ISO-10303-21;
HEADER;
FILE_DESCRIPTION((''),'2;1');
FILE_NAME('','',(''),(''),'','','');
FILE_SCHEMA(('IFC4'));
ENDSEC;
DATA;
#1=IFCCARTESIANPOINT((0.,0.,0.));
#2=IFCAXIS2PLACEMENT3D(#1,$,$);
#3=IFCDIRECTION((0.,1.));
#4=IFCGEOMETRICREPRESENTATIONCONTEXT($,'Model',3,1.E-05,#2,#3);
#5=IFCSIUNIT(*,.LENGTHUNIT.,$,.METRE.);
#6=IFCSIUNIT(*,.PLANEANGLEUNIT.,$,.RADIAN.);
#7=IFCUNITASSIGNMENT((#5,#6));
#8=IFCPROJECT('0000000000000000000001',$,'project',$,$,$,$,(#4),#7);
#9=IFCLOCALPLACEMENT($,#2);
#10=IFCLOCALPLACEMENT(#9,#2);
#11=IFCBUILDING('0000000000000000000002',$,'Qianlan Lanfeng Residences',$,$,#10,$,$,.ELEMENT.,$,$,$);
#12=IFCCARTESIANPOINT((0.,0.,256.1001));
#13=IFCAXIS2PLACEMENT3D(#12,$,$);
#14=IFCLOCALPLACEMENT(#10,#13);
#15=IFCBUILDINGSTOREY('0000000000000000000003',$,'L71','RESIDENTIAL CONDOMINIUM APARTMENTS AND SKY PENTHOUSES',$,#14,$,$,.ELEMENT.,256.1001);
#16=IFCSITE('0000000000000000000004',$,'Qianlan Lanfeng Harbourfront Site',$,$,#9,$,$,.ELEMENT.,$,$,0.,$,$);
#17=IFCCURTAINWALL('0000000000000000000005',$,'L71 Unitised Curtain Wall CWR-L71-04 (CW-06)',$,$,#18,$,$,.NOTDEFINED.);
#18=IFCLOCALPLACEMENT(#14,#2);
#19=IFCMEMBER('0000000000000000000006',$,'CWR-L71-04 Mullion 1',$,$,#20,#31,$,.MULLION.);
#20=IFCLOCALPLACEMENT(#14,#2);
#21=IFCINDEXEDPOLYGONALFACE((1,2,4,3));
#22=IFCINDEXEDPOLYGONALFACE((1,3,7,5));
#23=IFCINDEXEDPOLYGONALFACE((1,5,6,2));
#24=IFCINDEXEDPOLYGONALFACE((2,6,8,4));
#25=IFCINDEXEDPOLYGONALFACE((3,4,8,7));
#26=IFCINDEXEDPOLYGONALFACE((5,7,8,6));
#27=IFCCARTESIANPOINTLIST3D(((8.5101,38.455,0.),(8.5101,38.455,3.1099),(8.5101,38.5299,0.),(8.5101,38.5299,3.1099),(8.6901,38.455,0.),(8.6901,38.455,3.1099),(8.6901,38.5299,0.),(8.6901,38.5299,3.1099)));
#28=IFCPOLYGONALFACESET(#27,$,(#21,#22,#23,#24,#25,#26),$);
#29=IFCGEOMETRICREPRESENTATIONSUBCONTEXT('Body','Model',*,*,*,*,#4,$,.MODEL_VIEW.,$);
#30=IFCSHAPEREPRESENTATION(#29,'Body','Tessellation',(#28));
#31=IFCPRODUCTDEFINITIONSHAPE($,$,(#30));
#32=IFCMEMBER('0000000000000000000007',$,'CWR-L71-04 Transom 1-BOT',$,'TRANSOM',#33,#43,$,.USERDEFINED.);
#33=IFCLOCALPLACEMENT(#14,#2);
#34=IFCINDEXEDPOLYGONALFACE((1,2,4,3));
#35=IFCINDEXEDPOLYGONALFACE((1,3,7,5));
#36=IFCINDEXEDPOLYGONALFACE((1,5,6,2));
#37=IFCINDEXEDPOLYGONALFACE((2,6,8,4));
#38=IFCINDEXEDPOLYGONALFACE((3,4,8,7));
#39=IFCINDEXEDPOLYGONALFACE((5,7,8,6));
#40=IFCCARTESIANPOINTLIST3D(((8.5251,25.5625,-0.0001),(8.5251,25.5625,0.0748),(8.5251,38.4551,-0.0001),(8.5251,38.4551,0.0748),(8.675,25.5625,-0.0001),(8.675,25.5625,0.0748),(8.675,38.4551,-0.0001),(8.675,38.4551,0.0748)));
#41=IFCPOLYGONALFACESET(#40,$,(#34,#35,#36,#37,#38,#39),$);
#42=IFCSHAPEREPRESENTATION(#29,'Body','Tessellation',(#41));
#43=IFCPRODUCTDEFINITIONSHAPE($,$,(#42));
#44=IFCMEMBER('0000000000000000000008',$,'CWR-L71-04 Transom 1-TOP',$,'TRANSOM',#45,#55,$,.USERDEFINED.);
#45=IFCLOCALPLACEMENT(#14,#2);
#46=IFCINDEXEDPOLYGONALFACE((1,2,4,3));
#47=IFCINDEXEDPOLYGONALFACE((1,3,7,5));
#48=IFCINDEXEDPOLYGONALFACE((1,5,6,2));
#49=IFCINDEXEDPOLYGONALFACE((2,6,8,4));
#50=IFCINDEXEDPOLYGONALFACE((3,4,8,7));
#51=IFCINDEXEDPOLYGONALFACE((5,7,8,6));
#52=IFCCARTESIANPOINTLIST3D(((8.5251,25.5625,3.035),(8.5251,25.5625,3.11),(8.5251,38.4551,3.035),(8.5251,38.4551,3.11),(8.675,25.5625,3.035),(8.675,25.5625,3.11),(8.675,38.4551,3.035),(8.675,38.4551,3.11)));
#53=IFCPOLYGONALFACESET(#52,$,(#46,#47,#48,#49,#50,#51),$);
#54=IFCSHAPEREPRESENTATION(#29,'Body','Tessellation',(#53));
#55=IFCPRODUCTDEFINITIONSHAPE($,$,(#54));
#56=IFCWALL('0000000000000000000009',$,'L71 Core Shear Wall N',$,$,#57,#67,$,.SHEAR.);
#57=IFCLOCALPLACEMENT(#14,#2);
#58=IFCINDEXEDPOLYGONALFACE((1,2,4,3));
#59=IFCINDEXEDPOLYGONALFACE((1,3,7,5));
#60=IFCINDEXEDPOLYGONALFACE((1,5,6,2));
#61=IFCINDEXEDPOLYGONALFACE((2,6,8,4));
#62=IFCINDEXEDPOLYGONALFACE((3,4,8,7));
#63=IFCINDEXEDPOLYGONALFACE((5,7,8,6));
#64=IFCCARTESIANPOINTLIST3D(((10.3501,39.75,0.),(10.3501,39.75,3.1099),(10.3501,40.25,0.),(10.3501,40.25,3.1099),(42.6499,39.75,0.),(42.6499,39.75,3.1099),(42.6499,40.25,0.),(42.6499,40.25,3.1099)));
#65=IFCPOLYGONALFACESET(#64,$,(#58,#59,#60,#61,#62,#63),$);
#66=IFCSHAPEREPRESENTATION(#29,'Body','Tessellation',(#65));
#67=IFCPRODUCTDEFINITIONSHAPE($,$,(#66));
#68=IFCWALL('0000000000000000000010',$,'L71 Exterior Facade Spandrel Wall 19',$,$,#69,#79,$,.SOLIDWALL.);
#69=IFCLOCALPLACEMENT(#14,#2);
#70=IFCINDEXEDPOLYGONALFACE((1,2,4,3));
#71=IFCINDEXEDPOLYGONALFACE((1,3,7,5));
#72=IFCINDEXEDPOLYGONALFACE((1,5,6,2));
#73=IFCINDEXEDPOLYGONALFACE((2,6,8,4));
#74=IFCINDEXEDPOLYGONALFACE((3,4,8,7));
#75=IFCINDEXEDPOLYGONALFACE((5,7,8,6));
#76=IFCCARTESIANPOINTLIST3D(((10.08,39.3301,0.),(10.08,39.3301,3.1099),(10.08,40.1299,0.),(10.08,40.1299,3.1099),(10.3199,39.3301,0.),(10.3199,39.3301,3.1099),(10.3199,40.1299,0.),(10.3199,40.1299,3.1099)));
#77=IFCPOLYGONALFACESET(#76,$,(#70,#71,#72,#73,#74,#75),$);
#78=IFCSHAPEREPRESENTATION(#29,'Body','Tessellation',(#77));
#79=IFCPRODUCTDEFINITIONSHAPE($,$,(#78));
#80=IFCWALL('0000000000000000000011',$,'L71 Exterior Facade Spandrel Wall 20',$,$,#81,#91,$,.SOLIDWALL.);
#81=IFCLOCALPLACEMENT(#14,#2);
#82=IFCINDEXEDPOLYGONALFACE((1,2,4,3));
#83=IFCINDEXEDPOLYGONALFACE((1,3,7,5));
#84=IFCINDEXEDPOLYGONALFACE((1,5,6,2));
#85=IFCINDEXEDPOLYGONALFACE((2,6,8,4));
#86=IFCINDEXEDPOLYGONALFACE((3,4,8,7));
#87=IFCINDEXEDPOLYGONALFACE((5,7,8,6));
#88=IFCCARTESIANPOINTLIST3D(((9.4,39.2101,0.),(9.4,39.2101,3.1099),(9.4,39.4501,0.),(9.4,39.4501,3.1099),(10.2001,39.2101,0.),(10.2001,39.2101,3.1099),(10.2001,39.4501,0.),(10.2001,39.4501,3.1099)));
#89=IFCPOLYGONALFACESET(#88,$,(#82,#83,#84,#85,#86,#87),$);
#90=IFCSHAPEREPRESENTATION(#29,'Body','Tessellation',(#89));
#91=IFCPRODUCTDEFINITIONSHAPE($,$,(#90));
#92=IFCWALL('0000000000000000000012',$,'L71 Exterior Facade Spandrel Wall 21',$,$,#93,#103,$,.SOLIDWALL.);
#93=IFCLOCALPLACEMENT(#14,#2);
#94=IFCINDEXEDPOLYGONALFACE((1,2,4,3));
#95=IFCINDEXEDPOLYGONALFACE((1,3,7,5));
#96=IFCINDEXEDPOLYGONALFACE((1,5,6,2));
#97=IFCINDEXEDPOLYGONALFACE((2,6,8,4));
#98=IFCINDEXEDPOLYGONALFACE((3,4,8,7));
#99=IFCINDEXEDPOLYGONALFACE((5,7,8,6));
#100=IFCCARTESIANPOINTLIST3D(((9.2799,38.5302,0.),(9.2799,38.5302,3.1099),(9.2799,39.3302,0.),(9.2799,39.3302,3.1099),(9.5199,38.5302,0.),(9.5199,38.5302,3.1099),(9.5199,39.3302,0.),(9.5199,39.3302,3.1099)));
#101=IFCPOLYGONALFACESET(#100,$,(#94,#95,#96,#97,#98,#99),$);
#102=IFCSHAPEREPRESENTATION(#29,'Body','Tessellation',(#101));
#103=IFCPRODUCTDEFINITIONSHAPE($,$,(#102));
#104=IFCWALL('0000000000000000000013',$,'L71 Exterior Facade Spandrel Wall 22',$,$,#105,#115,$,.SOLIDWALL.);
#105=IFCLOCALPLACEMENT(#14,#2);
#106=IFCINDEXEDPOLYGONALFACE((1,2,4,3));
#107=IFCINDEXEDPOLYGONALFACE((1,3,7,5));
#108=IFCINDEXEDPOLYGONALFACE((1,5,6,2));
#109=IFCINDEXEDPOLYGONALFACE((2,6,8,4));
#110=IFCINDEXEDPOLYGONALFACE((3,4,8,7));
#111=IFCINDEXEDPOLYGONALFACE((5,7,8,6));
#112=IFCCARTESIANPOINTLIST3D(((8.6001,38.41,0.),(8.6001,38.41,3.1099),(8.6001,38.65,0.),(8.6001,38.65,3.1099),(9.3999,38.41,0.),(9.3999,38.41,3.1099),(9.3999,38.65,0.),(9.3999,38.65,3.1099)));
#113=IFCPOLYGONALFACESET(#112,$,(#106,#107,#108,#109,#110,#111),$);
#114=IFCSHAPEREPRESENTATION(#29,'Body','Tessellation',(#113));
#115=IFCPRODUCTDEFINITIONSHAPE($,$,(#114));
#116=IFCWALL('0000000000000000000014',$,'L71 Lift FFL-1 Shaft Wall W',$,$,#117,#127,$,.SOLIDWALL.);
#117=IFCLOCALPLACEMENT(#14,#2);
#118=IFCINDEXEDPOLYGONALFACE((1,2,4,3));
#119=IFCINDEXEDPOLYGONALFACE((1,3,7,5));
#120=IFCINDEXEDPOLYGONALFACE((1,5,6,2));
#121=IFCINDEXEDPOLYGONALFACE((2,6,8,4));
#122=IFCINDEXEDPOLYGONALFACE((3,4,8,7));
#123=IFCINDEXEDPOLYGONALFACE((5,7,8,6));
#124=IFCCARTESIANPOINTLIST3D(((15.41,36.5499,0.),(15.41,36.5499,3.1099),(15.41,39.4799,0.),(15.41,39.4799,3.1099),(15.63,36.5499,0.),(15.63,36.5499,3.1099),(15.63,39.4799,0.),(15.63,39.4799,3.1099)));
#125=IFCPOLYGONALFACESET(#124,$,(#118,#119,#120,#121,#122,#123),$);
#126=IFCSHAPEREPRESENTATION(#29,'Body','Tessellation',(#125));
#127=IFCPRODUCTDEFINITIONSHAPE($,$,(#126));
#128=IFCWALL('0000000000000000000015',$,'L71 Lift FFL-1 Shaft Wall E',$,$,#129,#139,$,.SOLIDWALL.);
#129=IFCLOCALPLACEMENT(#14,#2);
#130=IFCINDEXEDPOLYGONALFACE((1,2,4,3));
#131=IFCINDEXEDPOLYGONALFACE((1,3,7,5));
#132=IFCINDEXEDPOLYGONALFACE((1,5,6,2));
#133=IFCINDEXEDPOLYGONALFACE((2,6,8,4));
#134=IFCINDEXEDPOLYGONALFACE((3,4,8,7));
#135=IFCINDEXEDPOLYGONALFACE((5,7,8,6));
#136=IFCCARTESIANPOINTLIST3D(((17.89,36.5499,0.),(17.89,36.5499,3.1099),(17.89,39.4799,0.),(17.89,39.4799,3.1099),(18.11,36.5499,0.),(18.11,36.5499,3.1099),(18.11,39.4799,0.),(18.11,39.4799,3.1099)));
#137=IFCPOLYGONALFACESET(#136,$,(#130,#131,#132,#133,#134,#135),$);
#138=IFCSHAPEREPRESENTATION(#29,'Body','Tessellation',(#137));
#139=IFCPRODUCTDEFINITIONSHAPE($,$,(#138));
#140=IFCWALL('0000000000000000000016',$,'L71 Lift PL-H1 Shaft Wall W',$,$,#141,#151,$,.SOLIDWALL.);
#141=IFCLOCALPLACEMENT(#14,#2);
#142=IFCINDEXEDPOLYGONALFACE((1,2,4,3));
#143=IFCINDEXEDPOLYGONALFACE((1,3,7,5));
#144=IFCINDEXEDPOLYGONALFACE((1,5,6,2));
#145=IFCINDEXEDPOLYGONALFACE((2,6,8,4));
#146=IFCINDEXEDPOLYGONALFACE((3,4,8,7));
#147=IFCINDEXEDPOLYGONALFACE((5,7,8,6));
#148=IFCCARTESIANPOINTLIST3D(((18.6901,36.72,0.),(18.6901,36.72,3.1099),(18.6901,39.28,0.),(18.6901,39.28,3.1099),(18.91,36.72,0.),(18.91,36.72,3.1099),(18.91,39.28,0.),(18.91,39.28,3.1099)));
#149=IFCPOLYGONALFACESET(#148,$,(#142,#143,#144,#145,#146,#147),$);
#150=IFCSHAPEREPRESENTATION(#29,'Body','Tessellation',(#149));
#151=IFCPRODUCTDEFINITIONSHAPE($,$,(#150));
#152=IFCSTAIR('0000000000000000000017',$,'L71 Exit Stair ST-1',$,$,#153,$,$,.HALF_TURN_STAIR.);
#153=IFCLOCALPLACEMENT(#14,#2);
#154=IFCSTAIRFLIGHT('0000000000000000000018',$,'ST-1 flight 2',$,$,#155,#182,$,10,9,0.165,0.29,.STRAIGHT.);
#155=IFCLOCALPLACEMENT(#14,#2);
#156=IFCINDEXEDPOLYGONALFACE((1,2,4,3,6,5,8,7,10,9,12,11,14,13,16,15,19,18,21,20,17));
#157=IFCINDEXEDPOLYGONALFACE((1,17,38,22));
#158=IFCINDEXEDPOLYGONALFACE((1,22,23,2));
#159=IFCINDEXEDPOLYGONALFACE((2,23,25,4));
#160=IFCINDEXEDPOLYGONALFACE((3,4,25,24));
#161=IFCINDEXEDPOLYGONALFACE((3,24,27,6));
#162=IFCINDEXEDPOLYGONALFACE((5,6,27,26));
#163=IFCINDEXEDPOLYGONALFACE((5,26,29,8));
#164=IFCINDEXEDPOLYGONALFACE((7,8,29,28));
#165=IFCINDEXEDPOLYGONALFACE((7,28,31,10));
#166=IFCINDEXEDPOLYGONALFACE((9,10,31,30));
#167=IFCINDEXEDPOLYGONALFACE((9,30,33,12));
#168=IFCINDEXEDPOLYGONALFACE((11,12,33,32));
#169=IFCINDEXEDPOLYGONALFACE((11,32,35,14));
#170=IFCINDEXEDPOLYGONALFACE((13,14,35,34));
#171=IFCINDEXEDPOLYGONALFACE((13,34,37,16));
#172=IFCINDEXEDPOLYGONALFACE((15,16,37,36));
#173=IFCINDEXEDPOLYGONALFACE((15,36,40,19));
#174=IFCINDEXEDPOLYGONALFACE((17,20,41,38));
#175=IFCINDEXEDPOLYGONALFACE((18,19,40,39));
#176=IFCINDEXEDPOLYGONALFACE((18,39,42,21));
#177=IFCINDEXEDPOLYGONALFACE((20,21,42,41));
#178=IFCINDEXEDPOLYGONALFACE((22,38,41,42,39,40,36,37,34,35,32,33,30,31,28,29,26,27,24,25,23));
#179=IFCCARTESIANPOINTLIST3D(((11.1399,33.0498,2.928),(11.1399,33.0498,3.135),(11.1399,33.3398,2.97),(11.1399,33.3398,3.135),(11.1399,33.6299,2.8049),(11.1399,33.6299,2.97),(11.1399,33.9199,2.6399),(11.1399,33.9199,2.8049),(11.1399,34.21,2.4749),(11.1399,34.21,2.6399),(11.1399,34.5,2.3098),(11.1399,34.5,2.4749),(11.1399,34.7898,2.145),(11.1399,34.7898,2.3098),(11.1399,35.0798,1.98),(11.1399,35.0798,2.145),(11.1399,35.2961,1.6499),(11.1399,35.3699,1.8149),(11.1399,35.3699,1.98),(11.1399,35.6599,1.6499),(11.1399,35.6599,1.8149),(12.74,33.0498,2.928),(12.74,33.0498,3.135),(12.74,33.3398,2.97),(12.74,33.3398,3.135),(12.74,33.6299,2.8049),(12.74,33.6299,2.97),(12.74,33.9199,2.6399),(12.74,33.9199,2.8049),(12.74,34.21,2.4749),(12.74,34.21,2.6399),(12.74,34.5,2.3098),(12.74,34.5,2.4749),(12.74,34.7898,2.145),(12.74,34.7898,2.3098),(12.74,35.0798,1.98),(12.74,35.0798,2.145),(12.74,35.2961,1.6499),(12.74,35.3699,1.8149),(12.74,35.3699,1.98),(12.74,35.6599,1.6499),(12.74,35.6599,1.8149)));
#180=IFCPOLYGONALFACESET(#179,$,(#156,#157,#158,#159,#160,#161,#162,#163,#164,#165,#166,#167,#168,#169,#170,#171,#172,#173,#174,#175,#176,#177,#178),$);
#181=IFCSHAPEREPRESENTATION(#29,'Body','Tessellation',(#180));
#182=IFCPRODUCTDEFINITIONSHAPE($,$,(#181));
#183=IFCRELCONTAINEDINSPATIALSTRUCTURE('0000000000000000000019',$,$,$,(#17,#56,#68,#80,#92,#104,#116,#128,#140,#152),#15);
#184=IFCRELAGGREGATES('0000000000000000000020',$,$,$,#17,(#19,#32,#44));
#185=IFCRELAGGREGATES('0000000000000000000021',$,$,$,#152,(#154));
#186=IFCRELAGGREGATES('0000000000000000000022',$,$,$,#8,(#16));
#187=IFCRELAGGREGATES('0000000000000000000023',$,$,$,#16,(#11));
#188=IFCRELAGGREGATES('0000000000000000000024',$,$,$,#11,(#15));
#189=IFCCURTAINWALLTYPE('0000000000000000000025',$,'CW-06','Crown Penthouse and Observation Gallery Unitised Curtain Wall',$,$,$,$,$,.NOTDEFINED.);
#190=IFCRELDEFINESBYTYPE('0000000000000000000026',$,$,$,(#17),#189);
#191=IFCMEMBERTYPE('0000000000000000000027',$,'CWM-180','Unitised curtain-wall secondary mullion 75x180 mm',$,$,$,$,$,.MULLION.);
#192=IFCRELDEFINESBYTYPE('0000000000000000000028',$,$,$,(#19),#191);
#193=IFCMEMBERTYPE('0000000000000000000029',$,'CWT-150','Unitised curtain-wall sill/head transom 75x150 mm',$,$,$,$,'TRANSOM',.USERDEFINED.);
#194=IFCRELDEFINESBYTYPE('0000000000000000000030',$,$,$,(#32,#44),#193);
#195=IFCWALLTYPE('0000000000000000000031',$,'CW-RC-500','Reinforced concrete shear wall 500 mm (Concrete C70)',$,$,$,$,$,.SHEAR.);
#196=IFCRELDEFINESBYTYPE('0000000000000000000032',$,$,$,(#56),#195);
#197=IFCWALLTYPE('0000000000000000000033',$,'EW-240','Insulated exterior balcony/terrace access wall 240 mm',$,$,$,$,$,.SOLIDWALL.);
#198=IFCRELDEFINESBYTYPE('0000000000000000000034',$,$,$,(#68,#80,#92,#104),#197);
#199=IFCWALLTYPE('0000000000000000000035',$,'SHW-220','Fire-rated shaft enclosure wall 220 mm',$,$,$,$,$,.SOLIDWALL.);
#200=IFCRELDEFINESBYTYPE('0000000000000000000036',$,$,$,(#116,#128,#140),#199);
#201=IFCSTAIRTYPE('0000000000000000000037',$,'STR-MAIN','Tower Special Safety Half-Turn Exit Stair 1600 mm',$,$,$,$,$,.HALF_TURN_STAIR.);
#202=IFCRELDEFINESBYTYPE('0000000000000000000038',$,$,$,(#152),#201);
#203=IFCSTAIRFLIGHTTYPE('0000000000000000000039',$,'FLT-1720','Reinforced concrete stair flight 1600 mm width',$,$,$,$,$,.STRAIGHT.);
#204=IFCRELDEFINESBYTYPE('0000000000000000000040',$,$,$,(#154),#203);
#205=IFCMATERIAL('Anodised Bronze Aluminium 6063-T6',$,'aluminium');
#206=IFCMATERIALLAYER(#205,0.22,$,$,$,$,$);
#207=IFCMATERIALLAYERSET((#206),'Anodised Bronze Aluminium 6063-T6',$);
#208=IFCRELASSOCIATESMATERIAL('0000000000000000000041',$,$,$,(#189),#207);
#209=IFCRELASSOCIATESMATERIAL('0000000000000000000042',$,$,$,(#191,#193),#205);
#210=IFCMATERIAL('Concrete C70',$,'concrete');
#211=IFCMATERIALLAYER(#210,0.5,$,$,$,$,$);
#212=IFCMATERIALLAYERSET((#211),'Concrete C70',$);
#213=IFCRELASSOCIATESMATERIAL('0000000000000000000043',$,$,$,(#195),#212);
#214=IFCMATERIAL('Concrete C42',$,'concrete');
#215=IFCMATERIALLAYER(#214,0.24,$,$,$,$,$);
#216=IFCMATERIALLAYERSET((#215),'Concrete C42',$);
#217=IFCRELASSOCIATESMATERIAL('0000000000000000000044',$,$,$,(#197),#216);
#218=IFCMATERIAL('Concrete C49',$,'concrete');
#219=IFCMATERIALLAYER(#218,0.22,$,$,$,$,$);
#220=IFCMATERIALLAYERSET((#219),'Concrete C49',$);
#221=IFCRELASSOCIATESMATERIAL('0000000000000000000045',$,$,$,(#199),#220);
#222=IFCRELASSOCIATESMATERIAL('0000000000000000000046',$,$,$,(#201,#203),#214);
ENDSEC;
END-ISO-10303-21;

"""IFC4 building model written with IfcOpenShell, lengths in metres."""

from ifc_helpers import new_model, si_unit, direction, frame, frame_2d, origin, origin_2d, place, context, subcontext, project, spatial, polyline, rectangle, outline, extrude, source, transform, mapped, material, layer, layer_set, material_profile, profile_set, type_object, element, aggregate, save


model = new_model("IFC4")

# Units and contexts
model_context = context("Model", 3, precision=1e-05, world=origin(), true_north=direction((0.0, 1.0)))
body_context = subcontext(model_context, "Body", "Model", "MODEL_VIEW")
ifc_project = project(units=[si_unit("LENGTHUNIT", "METRE"), si_unit("PLANEANGLEUNIT", "RADIAN")], contexts=[model_context])

# Site, building, storey
site_placement = place(None, origin())
site = spatial("IfcSite", under=ifc_project, at=site_placement, Name="Qianlan Lanfeng Harbourfront Site", CompositionType="ELEMENT", RefElevation=0.0)
building_placement = place(site_placement, origin())
building = spatial("IfcBuilding", under=site, at=building_placement, Name="Qianlan Lanfeng Residences", CompositionType="ELEMENT")
storey_placement = place(building_placement, frame((0.0, 0.0, 256.1001)))
storey = spatial("IfcBuildingStorey", under=building, at=storey_placement, Name="L71", Description="RESIDENTIAL CONDOMINIUM APARTMENTS AND SKY PENTHOUSES", CompositionType="ELEMENT", Elevation=256.1001)

# Curtain wall, members
ifc_material_1 = material(Name="Anodised Bronze Aluminium 6063-T6", Category="aluminium")
ifc_layer_1 = layer(ifc_material_1, 0.22)
ifc_layer_set_1 = layer_set([ifc_layer_1], Name="Anodised Bronze Aluminium 6063-T6")
curtain_wall_type = type_object("IfcCurtainWallType", Name="CW-06", Description="Crown Penthouse and Observation Gallery Unitised Curtain Wall", PredefinedType="NOTDEFINED", material=ifc_layer_set_1)
curtain_wall_placement = place(storey_placement, origin())
curtain_wall = element("IfcCurtainWall", 1, at=curtain_wall_placement, inside=storey, type_object=curtain_wall_type, Name="L71 Unitised Curtain Wall CWR-L71-04 (CW-06)", PredefinedType="NOTDEFINED")
ifc_material_profile_1 = material_profile(ifc_material_1, rectangle(XDim=0.075, YDim=0.1799, at=origin_2d()), Name="ALU MULLION 75x180")
ifc_profile_set_1 = profile_set([ifc_material_profile_1], Name="Anodised Bronze Aluminium 6063-T6")
member_type_1 = type_object("IfcMemberType", Name="CWM-180", Description="Unitised curtain-wall secondary mullion 75x180 mm", PredefinedType="MULLION", material=ifc_profile_set_1)
shared_shape_1 = source(origin(), body_context, "Body", "SweptSolid", [
    extrude(rectangle(XDim=0.075, YDim=0.1799, at=origin_2d()), origin(), (0.0, 0.0, 1.0), 3.1099),
])
member_1_placement = place(storey_placement, frame((8.6001, 38.4924, 0.0), z_axis=(0.0, 0.0, 1.0), x_axis=(0.0, -1.0, 0.0)))
member_1 = element("IfcMember", 2, at=member_1_placement, type_object=member_type_1, Name="CWR-L71-04 Mullion 1", PredefinedType="MULLION", context=body_context, shape_type="MappedRepresentation", body=[
    mapped(shared_shape_1, transform((0.0, 0.0, 0.0), scale=1.0)),
])
ifc_material_profile_2 = material_profile(ifc_material_1, rectangle(XDim=0.075, YDim=0.1499, at=origin_2d()), Name="ALU TRANSOM 75x150")
ifc_profile_set_2 = profile_set([ifc_material_profile_2], Name="Anodised Bronze Aluminium 6063-T6")
member_type_2 = type_object("IfcMemberType", Name="CWT-150", Description="Unitised curtain-wall sill/head transom 75x150 mm", ElementType="TRANSOM", PredefinedType="USERDEFINED", material=ifc_profile_set_2)
shared_shape_2 = source(origin(), body_context, "Body", "SweptSolid", [
    extrude(rectangle(XDim=0.075, YDim=0.1499, at=origin_2d()), origin(), (0.0, 0.0, 1.0), 12.8926),
])
member_2_placement = place(storey_placement, frame((8.6001, 38.4551, 0.0374), z_axis=(0.0, -1.0, 0.0), x_axis=(0.0, 0.0, 1.0)))
member_2 = element("IfcMember", 3, at=member_2_placement, type_object=member_type_2, Name="CWR-L71-04 Transom 1-BOT", ObjectType="TRANSOM", PredefinedType="USERDEFINED", context=body_context, shape_type="MappedRepresentation", body=[
    mapped(shared_shape_2, transform((0.0, 0.0, 0.0), scale=1.0)),
])
member_3_placement = place(storey_placement, frame((8.6001, 38.4551, 3.0725), z_axis=(0.0, -1.0, 0.0), x_axis=(0.0, 0.0, 1.0)))
member_3 = element("IfcMember", 4, at=member_3_placement, type_object=member_type_2, Name="CWR-L71-04 Transom 1-TOP", ObjectType="TRANSOM", PredefinedType="USERDEFINED", context=body_context, shape_type="MappedRepresentation", body=[
    mapped(shared_shape_2, transform((0.0, 0.0, 0.0), scale=1.0)),
])
aggregate(curtain_wall, [member_1, member_2, member_3])

# Shared definitions
ifc_material_2 = material(Name="Concrete C49", Category="concrete")

# Walls
ifc_material_3 = material(Name="Concrete C70", Category="concrete")
ifc_layer_2 = layer(ifc_material_3, 0.5)
ifc_layer_set_2 = layer_set([ifc_layer_2], Name="Concrete C70")
wall_type_1 = type_object("IfcWallType", Name="CW-RC-500", Description="Reinforced concrete shear wall 500 mm (Concrete C70)", PredefinedType="SHEAR", material=ifc_layer_set_2)
wall_1_placement = place(storey_placement, frame((10.3501, 40.0, 0.0), z_axis=(0.0, 0.0, 1.0), x_axis=(1.0, 0.0, 0.0)))
element("IfcWall", 5, at=wall_1_placement, inside=storey, type_object=wall_type_1, Name="L71 Core Shear Wall N", PredefinedType="SHEAR", context=body_context, shape_type="SweptSolid", body=[
    extrude(rectangle(XDim=32.2998, YDim=0.5, at=frame_2d((16.1499, 0.0))), origin(), (0.0, 0.0, 1.0), 3.1099),
])
ifc_material_4 = material(Name="Concrete C42", Category="concrete")
ifc_layer_3 = layer(ifc_material_4, 0.24)
ifc_layer_set_3 = layer_set([ifc_layer_3], Name="Concrete C42")
wall_type_2 = type_object("IfcWallType", Name="EW-240", Description="Insulated exterior balcony/terrace access wall 240 mm", PredefinedType="SOLIDWALL", material=ifc_layer_set_3)
wall_2_placement = place(storey_placement, frame((10.2, 40.1299, 0.0), z_axis=(0.0, 0.0, 1.0), x_axis=(0.0, -1.0, 0.0)))
element("IfcWall", 6, at=wall_2_placement, inside=storey, type_object=wall_type_2, Name="L71 Exterior Facade Spandrel Wall 19", PredefinedType="SOLIDWALL", context=body_context, shape_type="SweptSolid", body=[
    extrude(rectangle(XDim=0.7998, YDim=0.24, at=frame_2d((0.3999, 0.0))), origin(), (0.0, 0.0, 1.0), 3.1099),
])
for number, where, z_axis, x_axis, name in (
    (7, (10.2, 39.3301, 0.0), (0.0, 0.0, 1.0), (-1.0, 0.0, 0.0), "L71 Exterior Facade Spandrel Wall 20"),
    (8, (9.3999, 39.3301, 0.0), (0.0, 0.0, 1.0), (0.0, -1.0, 0.0), "L71 Exterior Facade Spandrel Wall 21"),
):
    element("IfcWall", number, at=place(storey_placement, frame(where, z_axis=z_axis, x_axis=x_axis)), inside=storey, type_object=wall_type_2, Name=name, PredefinedType="SOLIDWALL", context=body_context, shape_type="SweptSolid", body=[
        extrude(rectangle(XDim=0.8, YDim=0.24, at=frame_2d((0.3999, 0.0))), origin(), (0.0, 0.0, 1.0), 3.1099),
    ])
wall_3_placement = place(storey_placement, frame((9.3999, 38.53, 0.0), z_axis=(0.0, 0.0, 1.0), x_axis=(-1.0, 0.0, 0.0)))
element("IfcWall", 9, at=wall_3_placement, inside=storey, type_object=wall_type_2, Name="L71 Exterior Facade Spandrel Wall 22", PredefinedType="SOLIDWALL", context=body_context, shape_type="SweptSolid", body=[
    extrude(rectangle(XDim=0.7998, YDim=0.24, at=frame_2d((0.3999, 0.0))), origin(), (0.0, 0.0, 1.0), 3.1099),
])
ifc_layer_4 = layer(ifc_material_2, 0.22)
ifc_layer_set_4 = layer_set([ifc_layer_4], Name="Concrete C49")
wall_type_3 = type_object("IfcWallType", Name="SHW-220", Description="Fire-rated shaft enclosure wall 220 mm", PredefinedType="SOLIDWALL", material=ifc_layer_set_4)
for number, where, z_axis, x_axis, name in (
    (10, (15.52, 36.55, 0.0), (0.0, 0.0, 1.0), (0.0, 1.0, 0.0), "L71 Lift FFL-1 Shaft Wall W"),
    (11, (18.0, 36.55, 0.0), (0.0, 0.0, 1.0), (0.0, 1.0, 0.0), "L71 Lift FFL-1 Shaft Wall E"),
):
    element("IfcWall", number, at=place(storey_placement, frame(where, z_axis=z_axis, x_axis=x_axis)), inside=storey, type_object=wall_type_3, Name=name, PredefinedType="SOLIDWALL", context=body_context, shape_type="SweptSolid", body=[
        extrude(rectangle(XDim=2.9299, YDim=0.22, at=frame_2d((1.4648, 0.0))), origin(), (0.0, 0.0, 1.0), 3.1099),
    ])
wall_4_placement = place(storey_placement, frame((18.8, 36.72, 0.0), z_axis=(0.0, 0.0, 1.0), x_axis=(0.0, 1.0, 0.0)))
element("IfcWall", 12, at=wall_4_placement, inside=storey, type_object=wall_type_3, Name="L71 Lift PL-H1 Shaft Wall W", PredefinedType="SOLIDWALL", context=body_context, shape_type="SweptSolid", body=[
    extrude(rectangle(XDim=2.5601, YDim=0.22, at=frame_2d((1.28, 0.0))), origin(), (0.0, 0.0, 1.0), 3.1099),
])

# Stair, stair flight
stair_type = type_object("IfcStairType", Name="STR-MAIN", Description="Tower Special Safety Half-Turn Exit Stair 1600 mm", PredefinedType="HALF_TURN_STAIR", material=ifc_material_4)
stair_placement = place(storey_placement, origin())
stair = element("IfcStair", 13, at=stair_placement, inside=storey, type_object=stair_type, Name="L71 Exit Stair ST-1", PredefinedType="HALF_TURN_STAIR")
stair_flight_type = type_object("IfcStairFlightType", Name="FLT-1720", Description="Reinforced concrete stair flight 1600 mm width", PredefinedType="STRAIGHT", material=ifc_material_4)
stair_flight_placement = place(storey_placement, frame((11.9399, 35.6599, 1.6499), z_axis=(0.0, 0.0, 1.0), x_axis=(0.0, -1.0, 0.0)))
stair_flight = element("IfcStairFlight", 14, at=stair_flight_placement, type_object=stair_flight_type, Name="ST-1 flight 2", NumberOfRisers=10, NumberOfTreads=9, PredefinedType="STRAIGHT", RiserHeight=0.165, TreadLength=0.29, context=body_context, shape_type="SweptSolid", body=[
    extrude(outline(polyline([(0.0, 0.0), (0.0, 0.165), (0.29, 0.165), (0.29, 0.3301), (0.5801, 0.3301), (0.5801, 0.4951), (0.8701, 0.4951), (0.8701, 0.6599), (1.1599, 0.6599), (1.1599, 0.825), (1.45, 0.825), (1.45, 0.99), (1.74, 0.99), (1.74, 1.155), (2.03, 1.155), (2.03, 1.3201), (2.3201, 1.3201), (2.3201, 1.4851), (2.6101, 1.4851), (2.6101, 1.6499), (2.6101, 1.2781), (0.3638, 0.0), (0.0, 0.0)])), frame((0.0, 0.8, 0.0), z_axis=(0.0, -1.0, 0.0), x_axis=(1.0, 0.0, 0.0)), (0.0, 0.0, 1.0), 1.6001),
])
aggregate(stair, [stair_flight])

save(model, "model.ifc")
